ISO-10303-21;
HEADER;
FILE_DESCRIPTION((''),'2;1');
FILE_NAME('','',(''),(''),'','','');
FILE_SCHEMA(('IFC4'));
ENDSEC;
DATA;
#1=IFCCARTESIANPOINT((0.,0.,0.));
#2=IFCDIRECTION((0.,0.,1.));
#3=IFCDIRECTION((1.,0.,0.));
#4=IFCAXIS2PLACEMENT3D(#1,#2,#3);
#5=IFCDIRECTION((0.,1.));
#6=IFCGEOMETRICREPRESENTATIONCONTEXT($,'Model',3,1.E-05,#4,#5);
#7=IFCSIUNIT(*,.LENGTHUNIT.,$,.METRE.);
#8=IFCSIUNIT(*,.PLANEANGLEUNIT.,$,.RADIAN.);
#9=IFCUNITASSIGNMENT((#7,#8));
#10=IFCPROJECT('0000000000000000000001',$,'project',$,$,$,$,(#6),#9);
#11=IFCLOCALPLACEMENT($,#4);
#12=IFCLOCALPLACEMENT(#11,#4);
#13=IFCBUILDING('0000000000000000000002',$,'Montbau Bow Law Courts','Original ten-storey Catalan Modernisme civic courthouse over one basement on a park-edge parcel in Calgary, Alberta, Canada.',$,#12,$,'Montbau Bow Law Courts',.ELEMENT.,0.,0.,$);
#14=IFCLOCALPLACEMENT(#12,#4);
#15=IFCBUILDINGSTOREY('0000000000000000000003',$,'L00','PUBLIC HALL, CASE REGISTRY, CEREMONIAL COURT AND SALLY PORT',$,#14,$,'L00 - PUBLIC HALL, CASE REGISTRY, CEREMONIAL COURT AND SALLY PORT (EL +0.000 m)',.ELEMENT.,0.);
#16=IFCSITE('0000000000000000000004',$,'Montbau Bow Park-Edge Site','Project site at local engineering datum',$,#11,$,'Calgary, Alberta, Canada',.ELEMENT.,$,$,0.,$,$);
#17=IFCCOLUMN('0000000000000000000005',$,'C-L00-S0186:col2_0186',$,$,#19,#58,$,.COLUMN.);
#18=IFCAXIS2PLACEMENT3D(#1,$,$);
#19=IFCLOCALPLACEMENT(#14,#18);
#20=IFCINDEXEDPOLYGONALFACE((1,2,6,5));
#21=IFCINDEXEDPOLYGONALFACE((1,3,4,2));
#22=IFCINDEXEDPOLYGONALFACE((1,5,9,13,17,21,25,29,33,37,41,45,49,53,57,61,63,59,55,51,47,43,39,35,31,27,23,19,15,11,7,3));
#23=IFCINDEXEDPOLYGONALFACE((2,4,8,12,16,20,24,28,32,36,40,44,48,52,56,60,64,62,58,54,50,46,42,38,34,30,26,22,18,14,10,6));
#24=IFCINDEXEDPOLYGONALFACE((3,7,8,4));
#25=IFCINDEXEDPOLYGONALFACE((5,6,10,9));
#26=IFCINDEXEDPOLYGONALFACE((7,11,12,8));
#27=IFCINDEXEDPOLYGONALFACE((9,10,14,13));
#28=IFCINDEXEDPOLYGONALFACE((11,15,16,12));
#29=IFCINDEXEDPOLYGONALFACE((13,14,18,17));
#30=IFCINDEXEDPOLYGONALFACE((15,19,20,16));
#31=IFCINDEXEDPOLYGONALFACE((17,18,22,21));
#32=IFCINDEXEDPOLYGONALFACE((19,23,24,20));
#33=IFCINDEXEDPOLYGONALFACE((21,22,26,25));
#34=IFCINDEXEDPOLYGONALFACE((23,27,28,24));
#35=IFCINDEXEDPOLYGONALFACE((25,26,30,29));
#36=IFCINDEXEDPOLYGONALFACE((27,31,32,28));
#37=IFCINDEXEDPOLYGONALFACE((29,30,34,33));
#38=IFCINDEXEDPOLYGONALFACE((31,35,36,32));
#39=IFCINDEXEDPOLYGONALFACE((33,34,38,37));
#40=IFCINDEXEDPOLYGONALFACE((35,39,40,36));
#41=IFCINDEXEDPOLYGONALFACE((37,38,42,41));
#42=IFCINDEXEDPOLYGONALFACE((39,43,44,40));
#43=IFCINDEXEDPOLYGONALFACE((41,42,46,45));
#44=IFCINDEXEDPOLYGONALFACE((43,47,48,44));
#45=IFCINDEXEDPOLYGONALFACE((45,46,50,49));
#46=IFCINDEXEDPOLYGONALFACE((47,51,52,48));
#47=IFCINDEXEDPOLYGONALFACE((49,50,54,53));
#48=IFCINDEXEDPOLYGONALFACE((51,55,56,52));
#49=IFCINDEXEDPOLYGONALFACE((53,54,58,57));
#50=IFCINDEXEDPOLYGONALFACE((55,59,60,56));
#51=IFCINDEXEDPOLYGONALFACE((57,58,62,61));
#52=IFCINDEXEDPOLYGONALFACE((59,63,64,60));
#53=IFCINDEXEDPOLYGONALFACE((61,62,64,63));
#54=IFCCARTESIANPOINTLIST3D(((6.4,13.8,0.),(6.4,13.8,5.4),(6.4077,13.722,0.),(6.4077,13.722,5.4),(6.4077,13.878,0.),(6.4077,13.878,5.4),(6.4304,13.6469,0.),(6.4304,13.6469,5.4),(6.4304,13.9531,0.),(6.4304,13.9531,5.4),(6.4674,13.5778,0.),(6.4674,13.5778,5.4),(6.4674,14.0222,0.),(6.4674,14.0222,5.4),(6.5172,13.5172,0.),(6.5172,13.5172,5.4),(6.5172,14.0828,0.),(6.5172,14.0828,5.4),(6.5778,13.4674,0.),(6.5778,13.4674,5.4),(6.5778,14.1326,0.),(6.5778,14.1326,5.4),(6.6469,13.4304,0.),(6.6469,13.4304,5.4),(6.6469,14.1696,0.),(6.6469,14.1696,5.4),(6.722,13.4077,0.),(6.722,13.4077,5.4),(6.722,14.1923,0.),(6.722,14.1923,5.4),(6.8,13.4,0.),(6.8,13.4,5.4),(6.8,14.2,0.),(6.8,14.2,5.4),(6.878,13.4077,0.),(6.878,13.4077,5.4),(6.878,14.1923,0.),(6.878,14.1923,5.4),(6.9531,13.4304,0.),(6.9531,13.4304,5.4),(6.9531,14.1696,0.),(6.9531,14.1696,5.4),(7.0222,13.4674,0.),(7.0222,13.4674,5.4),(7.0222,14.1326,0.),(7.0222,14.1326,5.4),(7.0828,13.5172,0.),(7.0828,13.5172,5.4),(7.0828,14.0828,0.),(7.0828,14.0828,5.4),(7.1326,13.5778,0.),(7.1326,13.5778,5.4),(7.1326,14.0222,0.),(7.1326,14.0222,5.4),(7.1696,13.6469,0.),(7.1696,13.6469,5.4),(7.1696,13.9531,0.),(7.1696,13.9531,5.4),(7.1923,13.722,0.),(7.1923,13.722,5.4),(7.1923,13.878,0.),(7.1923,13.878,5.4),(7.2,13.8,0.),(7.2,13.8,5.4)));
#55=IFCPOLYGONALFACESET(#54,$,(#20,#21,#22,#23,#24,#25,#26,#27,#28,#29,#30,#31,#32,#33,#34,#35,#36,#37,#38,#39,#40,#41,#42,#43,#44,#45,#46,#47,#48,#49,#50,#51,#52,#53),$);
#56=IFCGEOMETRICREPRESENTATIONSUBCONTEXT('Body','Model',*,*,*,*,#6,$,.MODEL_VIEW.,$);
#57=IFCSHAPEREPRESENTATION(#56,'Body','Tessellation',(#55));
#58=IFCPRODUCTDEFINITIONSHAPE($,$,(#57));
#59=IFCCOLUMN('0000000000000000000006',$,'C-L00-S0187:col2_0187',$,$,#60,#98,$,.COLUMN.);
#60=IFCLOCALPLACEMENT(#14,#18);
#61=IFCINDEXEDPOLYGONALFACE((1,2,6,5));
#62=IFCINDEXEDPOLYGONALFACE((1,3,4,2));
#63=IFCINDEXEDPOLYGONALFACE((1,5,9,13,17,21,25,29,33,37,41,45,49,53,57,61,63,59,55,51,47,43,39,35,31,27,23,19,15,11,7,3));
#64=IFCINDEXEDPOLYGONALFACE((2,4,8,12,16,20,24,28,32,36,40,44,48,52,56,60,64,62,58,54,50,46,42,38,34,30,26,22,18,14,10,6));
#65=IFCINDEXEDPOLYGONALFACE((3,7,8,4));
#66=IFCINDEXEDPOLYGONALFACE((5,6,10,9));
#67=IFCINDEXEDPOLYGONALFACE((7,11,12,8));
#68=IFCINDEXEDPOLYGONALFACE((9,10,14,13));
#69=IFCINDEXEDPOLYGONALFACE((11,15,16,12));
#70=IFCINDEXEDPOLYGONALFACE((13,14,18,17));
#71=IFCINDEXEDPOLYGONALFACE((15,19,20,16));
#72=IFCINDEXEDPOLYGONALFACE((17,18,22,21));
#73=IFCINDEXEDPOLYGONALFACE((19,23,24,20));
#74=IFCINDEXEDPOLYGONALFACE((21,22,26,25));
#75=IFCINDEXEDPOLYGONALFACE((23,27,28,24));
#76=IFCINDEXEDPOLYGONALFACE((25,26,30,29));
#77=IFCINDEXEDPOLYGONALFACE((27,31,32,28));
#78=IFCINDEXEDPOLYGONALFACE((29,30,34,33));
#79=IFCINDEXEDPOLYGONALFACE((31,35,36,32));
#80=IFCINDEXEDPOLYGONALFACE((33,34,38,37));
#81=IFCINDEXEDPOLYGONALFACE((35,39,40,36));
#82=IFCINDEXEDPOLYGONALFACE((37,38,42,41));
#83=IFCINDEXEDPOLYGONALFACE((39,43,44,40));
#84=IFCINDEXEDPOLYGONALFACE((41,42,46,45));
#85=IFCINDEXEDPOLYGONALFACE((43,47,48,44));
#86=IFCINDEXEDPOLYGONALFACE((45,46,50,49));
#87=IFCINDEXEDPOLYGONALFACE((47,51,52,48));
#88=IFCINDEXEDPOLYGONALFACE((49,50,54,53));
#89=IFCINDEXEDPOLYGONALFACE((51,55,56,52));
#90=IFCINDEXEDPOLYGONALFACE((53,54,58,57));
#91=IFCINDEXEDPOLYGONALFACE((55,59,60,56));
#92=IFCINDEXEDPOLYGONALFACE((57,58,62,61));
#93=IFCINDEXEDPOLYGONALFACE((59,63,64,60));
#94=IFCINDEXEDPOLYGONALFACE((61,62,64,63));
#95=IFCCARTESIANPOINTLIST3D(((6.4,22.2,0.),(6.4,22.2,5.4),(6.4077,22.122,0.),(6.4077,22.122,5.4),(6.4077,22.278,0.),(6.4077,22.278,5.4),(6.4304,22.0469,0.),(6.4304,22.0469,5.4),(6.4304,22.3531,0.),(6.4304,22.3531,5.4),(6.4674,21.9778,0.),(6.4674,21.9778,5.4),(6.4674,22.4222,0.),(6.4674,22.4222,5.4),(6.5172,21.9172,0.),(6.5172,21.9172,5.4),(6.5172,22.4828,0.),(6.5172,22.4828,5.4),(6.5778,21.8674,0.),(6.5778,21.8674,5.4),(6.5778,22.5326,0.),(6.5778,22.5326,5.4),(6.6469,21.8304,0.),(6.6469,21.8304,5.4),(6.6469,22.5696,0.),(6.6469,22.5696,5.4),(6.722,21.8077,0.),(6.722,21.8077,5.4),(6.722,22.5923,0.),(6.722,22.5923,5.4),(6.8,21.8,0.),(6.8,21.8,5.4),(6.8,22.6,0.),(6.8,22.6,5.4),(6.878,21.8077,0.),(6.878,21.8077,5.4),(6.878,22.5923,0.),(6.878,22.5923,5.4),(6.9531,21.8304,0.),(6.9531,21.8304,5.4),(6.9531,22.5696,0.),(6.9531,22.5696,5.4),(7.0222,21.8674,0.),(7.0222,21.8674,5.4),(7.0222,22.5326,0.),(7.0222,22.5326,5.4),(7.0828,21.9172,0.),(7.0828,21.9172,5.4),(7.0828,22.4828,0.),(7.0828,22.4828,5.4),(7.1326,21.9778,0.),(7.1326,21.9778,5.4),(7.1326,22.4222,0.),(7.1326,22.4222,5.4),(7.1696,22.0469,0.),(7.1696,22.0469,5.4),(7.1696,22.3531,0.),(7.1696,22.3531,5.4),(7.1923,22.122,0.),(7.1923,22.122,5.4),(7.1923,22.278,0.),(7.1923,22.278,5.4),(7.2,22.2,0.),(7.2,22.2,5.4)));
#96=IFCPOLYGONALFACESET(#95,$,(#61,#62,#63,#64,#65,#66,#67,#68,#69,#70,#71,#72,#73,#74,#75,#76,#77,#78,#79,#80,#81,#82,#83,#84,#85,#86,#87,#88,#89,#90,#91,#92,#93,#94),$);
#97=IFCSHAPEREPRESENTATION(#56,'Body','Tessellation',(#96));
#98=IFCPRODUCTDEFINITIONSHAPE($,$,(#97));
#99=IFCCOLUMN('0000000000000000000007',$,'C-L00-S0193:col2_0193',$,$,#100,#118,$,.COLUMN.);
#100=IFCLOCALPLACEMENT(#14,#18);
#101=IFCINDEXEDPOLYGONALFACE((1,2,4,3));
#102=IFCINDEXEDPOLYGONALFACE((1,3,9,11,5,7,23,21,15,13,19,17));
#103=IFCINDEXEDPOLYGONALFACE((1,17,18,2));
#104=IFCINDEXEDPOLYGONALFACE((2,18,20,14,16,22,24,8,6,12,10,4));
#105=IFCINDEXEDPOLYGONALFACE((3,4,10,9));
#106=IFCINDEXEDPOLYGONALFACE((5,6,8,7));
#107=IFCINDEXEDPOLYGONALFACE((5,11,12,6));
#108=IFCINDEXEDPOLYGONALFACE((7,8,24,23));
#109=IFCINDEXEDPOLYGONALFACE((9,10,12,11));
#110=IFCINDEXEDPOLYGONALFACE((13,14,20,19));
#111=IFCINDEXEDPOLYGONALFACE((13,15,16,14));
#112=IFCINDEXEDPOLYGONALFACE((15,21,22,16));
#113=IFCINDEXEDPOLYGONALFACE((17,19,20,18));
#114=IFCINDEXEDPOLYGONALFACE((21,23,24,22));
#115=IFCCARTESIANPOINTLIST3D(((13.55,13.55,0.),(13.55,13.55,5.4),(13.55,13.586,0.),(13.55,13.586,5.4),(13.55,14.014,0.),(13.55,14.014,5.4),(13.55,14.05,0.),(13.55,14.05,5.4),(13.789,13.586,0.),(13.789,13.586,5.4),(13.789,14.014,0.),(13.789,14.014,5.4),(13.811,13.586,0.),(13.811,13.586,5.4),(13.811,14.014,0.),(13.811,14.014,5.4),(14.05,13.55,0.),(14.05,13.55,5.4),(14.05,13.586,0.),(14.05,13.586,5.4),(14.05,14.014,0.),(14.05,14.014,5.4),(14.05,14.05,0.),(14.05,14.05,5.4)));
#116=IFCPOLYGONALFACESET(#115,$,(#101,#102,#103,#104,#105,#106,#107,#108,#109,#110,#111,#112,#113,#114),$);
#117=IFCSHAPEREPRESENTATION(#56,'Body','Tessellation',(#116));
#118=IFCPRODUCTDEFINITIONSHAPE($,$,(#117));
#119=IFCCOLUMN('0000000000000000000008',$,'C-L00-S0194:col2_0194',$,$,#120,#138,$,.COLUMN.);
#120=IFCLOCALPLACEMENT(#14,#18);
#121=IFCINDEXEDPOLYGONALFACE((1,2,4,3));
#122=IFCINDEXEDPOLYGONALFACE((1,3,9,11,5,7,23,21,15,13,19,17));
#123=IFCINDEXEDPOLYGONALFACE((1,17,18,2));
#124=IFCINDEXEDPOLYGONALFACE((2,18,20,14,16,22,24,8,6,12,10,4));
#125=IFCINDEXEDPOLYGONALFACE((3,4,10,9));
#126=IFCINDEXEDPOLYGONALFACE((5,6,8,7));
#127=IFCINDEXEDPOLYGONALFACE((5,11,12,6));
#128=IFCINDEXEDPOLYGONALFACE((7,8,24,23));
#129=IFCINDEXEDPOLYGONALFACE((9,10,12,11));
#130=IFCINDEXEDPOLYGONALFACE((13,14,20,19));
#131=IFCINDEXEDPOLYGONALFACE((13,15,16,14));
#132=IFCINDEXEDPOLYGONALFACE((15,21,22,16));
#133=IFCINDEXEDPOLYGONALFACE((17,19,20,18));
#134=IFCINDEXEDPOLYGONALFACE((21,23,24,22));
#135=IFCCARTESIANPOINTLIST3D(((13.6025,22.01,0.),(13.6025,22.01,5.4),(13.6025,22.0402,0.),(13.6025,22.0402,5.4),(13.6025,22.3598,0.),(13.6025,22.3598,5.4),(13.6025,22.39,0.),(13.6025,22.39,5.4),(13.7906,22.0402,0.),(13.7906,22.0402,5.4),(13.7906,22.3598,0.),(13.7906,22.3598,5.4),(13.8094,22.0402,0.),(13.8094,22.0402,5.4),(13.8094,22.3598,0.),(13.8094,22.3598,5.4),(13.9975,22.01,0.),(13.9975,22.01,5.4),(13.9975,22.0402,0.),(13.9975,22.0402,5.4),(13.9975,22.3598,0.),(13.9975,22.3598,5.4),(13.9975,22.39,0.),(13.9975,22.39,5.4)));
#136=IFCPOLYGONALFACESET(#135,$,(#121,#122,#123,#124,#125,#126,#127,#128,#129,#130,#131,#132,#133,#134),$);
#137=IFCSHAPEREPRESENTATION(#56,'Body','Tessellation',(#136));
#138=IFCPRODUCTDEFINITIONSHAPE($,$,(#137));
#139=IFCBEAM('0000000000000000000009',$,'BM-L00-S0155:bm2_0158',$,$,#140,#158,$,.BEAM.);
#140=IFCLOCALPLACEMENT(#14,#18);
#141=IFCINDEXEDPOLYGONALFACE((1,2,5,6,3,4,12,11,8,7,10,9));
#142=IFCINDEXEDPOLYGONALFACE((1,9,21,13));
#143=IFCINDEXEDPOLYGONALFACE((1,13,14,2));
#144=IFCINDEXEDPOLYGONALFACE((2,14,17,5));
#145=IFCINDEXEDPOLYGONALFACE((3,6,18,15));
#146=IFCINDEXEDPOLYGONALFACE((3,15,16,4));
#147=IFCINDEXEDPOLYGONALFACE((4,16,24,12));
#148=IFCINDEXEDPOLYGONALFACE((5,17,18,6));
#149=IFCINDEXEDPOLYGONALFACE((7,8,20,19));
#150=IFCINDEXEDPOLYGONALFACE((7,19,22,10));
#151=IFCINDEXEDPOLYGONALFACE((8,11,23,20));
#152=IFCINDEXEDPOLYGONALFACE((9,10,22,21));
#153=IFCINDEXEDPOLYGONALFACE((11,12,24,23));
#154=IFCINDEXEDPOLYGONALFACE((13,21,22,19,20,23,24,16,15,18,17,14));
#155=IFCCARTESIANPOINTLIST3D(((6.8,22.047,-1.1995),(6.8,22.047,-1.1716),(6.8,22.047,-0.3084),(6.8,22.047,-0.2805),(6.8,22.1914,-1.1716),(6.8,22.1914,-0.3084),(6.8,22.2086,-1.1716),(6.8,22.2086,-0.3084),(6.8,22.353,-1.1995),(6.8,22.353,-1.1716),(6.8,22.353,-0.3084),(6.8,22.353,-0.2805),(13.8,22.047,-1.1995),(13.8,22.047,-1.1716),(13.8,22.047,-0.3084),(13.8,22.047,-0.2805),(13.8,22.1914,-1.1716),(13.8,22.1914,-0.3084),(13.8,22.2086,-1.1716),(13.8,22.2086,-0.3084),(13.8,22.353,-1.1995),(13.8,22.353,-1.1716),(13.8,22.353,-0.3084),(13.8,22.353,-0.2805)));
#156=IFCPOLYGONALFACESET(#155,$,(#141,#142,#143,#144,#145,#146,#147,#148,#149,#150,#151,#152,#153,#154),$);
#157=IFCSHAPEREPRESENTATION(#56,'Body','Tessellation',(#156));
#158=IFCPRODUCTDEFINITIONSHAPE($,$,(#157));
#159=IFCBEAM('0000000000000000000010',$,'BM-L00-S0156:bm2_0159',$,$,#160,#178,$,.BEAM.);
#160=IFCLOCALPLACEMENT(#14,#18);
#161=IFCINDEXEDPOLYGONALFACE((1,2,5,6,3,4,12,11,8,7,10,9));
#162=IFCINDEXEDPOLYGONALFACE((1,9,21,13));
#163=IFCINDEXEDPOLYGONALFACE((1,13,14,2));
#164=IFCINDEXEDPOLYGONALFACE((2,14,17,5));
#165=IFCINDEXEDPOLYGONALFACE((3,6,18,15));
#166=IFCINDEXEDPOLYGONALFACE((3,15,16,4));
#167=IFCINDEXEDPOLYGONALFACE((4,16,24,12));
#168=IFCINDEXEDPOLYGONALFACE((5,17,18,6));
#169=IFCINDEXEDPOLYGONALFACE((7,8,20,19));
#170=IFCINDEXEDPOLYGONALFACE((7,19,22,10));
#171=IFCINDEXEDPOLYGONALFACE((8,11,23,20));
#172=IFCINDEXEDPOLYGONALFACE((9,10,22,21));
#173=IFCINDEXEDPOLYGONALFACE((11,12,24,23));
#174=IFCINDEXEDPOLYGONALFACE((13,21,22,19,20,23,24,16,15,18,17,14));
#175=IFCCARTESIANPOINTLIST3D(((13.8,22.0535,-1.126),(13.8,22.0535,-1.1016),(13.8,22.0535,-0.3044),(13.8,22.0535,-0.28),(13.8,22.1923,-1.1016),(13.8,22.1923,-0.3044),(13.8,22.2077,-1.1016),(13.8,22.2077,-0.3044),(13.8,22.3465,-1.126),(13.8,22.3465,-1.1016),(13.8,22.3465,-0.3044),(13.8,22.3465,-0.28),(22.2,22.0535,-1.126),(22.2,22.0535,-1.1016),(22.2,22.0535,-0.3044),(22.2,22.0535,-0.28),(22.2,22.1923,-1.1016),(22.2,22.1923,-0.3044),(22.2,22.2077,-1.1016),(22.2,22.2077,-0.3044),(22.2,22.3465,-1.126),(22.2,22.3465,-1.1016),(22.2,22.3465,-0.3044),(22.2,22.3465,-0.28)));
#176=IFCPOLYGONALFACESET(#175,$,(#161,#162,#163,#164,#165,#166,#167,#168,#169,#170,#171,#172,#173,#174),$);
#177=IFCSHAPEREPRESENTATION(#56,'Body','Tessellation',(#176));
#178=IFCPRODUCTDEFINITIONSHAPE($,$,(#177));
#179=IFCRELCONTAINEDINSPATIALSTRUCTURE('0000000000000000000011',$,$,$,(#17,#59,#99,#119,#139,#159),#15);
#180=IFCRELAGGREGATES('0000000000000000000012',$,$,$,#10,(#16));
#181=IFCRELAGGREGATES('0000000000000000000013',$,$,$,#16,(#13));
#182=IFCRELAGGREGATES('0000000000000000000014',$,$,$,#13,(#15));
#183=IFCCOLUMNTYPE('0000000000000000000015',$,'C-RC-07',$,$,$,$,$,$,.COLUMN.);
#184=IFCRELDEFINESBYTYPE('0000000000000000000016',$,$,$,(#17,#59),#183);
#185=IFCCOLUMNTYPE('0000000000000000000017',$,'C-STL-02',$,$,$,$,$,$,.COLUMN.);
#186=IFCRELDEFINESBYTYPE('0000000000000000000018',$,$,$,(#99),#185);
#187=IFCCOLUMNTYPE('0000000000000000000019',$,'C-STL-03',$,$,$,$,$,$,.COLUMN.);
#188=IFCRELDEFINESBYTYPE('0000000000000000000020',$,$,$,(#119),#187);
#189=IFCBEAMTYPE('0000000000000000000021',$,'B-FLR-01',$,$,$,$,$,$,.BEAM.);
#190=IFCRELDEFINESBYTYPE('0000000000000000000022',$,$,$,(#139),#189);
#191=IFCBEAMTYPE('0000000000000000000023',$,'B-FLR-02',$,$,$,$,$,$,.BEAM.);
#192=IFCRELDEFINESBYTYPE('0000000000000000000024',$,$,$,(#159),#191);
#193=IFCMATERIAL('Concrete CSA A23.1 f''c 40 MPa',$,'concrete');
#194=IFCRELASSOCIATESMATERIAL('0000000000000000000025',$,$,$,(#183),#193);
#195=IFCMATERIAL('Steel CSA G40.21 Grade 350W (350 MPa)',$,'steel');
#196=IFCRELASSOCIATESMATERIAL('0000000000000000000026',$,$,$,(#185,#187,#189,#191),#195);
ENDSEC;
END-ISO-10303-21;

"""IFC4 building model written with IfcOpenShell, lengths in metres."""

from ifc_helpers import new_model, si_unit, direction, frame, origin_with_axes, origin_2d_with_axis, place, context, subcontext, project, spatial, circle, i_section, extrude, material, material_profile, profile_set, type_object, element, save


model = new_model("IFC4")

# Units and contexts
model_context = context("Model", 3, precision=1e-05, world=origin_with_axes(), true_north=direction((0.0, 1.0)))
body_context = subcontext(model_context, "Body", "Model", "MODEL_VIEW")
ifc_project = project(units=[si_unit("LENGTHUNIT", "METRE"), si_unit("PLANEANGLEUNIT", "RADIAN")], contexts=[model_context])

# Site, building, storey
site_placement = place(None, origin_with_axes())
site = spatial("IfcSite", under=ifc_project, at=site_placement, Name="Montbau Bow Park-Edge Site", Description="Project site at local engineering datum", LongName="Calgary, Alberta, Canada", CompositionType="ELEMENT", RefElevation=0.0)
building_placement = place(site_placement, origin_with_axes())
building = spatial("IfcBuilding", under=site, at=building_placement, Name="Montbau Bow Law Courts", Description="Original ten-storey Catalan Modernisme civic courthouse over one basement on a park-edge parcel in Calgary, Alberta, Canada.", LongName="Montbau Bow Law Courts", CompositionType="ELEMENT", ElevationOfRefHeight=0.0, ElevationOfTerrain=0.0)
storey_placement = place(building_placement, origin_with_axes())
storey = spatial("IfcBuildingStorey", under=building, at=storey_placement, Name="L00", Description="PUBLIC HALL, CASE REGISTRY, CEREMONIAL COURT AND SALLY PORT", LongName="L00 - PUBLIC HALL, CASE REGISTRY, CEREMONIAL COURT AND SALLY PORT (EL +0.000 m)", CompositionType="ELEMENT", Elevation=0.0)

# Columns
ifc_material_1 = material(Name="Concrete CSA A23.1 f'c 40 MPa", Category="concrete")
ifc_material_profile_1 = material_profile(ifc_material_1, circle(Radius=0.4, at=origin_2d_with_axis()), Name="RC800D", Category="Main", Priority=0)
ifc_profile_set_1 = profile_set([ifc_material_profile_1], Name="Concrete CSA A23.1 f'c 40 MPa")
column_type_1 = type_object("IfcColumnType", Name="C-RC-07", PredefinedType="COLUMN", material=ifc_profile_set_1)
for number, where, z_axis, x_axis, name in (
    (1, (6.8, 13.8, 0.0), (0.0, 0.0, 1.0), (1.0, 0.0, 0.0), "C-L00-S0186:col2_0186"),
    (2, (6.8, 22.2, 0.0), (0.0, 0.0, 1.0), (1.0, 0.0, 0.0), "C-L00-S0187:col2_0187"),
):
    element("IfcColumn", number, at=place(None, frame(where, z_axis=z_axis, x_axis=x_axis)), inside=storey, type_object=column_type_1, Name=name, PredefinedType="COLUMN", context=body_context, shape_type="SweptSolid", body=[
        extrude(circle(Radius=0.4, at=origin_2d_with_axis()), origin_with_axes(), (0.0, 0.0, 1.0), 5.4),
    ])
ifc_material_2 = material(Name="Steel CSA G40.21 Grade 350W (350 MPa)", Category="steel")
ifc_material_profile_2 = material_profile(ifc_material_2, i_section(OverallWidth=0.5, OverallDepth=0.5, WebThickness=0.022, FlangeThickness=0.036, at=origin_2d_with_axis()), Name="WWF500X343", Category="Main", Priority=0)
ifc_profile_set_2 = profile_set([ifc_material_profile_2], Name="Steel CSA G40.21 Grade 350W (350 MPa)")
column_type_2 = type_object("IfcColumnType", Name="C-STL-02", PredefinedType="COLUMN", material=ifc_profile_set_2)
column_1_placement = place(None, frame((13.8, 13.8, 0.0), z_axis=(0.0, 0.0, 1.0), x_axis=(1.0, 0.0, 0.0)))
element("IfcColumn", 3, at=column_1_placement, inside=storey, type_object=column_type_2, Name="C-L00-S0193:col2_0193", PredefinedType="COLUMN", context=body_context, shape_type="SweptSolid", body=[
    extrude(i_section(OverallWidth=0.5, OverallDepth=0.5, WebThickness=0.022, FlangeThickness=0.036, at=origin_2d_with_axis()), origin_with_axes(), (0.0, 0.0, 1.0), 5.4),
])
ifc_material_profile_3 = material_profile(ifc_material_2, i_section(OverallWidth=0.395, OverallDepth=0.38, WebThickness=0.0189, FlangeThickness=0.0302, at=origin_2d_with_axis()), Name="W360X237", Category="Main", Priority=0)
ifc_profile_set_3 = profile_set([ifc_material_profile_3], Name="Steel CSA G40.21 Grade 350W (350 MPa)")
column_type_3 = type_object("IfcColumnType", Name="C-STL-03", PredefinedType="COLUMN", material=ifc_profile_set_3)
column_2_placement = place(None, frame((13.8, 22.2, 0.0), z_axis=(0.0, 0.0, 1.0), x_axis=(1.0, 0.0, 0.0)))
element("IfcColumn", 4, at=column_2_placement, inside=storey, type_object=column_type_3, Name="C-L00-S0194:col2_0194", PredefinedType="COLUMN", context=body_context, shape_type="SweptSolid", body=[
    extrude(i_section(OverallWidth=0.395, OverallDepth=0.38, WebThickness=0.0189, FlangeThickness=0.0302, at=origin_2d_with_axis()), origin_with_axes(), (0.0, 0.0, 1.0), 5.4),
])

# Beams
ifc_material_profile_4 = material_profile(ifc_material_2, i_section(OverallWidth=0.306, OverallDepth=0.919, WebThickness=0.0173, FlangeThickness=0.0279, at=origin_2d_with_axis()), Name="W920X253", Category="Main", Priority=0)
ifc_profile_set_4 = profile_set([ifc_material_profile_4], Name="Steel CSA G40.21 Grade 350W (350 MPa)")
beam_type_1 = type_object("IfcBeamType", Name="B-FLR-01", PredefinedType="BEAM", material=ifc_profile_set_4)
beam_1_placement = place(None, frame((6.8, 22.2, -0.74), z_axis=(1.0, 0.0, 0.0), x_axis=(0.0, 1.0, 0.0)))
element("IfcBeam", 5, at=beam_1_placement, inside=storey, type_object=beam_type_1, Name="BM-L00-S0155:bm2_0158", PredefinedType="BEAM", context=body_context, shape_type="SweptSolid", body=[
    extrude(i_section(OverallWidth=0.306, OverallDepth=0.919, WebThickness=0.0173, FlangeThickness=0.0279, at=origin_2d_with_axis()), origin_with_axes(), (0.0, 0.0, 1.0), 7.0),
])
ifc_material_profile_5 = material_profile(ifc_material_2, i_section(OverallWidth=0.293, OverallDepth=0.846, WebThickness=0.0154, FlangeThickness=0.0244, at=origin_2d_with_axis()), Name="W840X210", Category="Main", Priority=0)
ifc_profile_set_5 = profile_set([ifc_material_profile_5], Name="Steel CSA G40.21 Grade 350W (350 MPa)")
beam_type_2 = type_object("IfcBeamType", Name="B-FLR-02", PredefinedType="BEAM", material=ifc_profile_set_5)
beam_2_placement = place(None, frame((13.8, 22.2, -0.703), z_axis=(1.0, 0.0, 0.0), x_axis=(0.0, 1.0, 0.0)))
element("IfcBeam", 6, at=beam_2_placement, inside=storey, type_object=beam_type_2, Name="BM-L00-S0156:bm2_0159", PredefinedType="BEAM", context=body_context, shape_type="SweptSolid", body=[
    extrude(i_section(OverallWidth=0.293, OverallDepth=0.846, WebThickness=0.0154, FlangeThickness=0.0244, at=origin_2d_with_axis()), origin_with_axes(), (0.0, 0.0, 1.0), 8.4),
])

save(model, "model.ifc")
